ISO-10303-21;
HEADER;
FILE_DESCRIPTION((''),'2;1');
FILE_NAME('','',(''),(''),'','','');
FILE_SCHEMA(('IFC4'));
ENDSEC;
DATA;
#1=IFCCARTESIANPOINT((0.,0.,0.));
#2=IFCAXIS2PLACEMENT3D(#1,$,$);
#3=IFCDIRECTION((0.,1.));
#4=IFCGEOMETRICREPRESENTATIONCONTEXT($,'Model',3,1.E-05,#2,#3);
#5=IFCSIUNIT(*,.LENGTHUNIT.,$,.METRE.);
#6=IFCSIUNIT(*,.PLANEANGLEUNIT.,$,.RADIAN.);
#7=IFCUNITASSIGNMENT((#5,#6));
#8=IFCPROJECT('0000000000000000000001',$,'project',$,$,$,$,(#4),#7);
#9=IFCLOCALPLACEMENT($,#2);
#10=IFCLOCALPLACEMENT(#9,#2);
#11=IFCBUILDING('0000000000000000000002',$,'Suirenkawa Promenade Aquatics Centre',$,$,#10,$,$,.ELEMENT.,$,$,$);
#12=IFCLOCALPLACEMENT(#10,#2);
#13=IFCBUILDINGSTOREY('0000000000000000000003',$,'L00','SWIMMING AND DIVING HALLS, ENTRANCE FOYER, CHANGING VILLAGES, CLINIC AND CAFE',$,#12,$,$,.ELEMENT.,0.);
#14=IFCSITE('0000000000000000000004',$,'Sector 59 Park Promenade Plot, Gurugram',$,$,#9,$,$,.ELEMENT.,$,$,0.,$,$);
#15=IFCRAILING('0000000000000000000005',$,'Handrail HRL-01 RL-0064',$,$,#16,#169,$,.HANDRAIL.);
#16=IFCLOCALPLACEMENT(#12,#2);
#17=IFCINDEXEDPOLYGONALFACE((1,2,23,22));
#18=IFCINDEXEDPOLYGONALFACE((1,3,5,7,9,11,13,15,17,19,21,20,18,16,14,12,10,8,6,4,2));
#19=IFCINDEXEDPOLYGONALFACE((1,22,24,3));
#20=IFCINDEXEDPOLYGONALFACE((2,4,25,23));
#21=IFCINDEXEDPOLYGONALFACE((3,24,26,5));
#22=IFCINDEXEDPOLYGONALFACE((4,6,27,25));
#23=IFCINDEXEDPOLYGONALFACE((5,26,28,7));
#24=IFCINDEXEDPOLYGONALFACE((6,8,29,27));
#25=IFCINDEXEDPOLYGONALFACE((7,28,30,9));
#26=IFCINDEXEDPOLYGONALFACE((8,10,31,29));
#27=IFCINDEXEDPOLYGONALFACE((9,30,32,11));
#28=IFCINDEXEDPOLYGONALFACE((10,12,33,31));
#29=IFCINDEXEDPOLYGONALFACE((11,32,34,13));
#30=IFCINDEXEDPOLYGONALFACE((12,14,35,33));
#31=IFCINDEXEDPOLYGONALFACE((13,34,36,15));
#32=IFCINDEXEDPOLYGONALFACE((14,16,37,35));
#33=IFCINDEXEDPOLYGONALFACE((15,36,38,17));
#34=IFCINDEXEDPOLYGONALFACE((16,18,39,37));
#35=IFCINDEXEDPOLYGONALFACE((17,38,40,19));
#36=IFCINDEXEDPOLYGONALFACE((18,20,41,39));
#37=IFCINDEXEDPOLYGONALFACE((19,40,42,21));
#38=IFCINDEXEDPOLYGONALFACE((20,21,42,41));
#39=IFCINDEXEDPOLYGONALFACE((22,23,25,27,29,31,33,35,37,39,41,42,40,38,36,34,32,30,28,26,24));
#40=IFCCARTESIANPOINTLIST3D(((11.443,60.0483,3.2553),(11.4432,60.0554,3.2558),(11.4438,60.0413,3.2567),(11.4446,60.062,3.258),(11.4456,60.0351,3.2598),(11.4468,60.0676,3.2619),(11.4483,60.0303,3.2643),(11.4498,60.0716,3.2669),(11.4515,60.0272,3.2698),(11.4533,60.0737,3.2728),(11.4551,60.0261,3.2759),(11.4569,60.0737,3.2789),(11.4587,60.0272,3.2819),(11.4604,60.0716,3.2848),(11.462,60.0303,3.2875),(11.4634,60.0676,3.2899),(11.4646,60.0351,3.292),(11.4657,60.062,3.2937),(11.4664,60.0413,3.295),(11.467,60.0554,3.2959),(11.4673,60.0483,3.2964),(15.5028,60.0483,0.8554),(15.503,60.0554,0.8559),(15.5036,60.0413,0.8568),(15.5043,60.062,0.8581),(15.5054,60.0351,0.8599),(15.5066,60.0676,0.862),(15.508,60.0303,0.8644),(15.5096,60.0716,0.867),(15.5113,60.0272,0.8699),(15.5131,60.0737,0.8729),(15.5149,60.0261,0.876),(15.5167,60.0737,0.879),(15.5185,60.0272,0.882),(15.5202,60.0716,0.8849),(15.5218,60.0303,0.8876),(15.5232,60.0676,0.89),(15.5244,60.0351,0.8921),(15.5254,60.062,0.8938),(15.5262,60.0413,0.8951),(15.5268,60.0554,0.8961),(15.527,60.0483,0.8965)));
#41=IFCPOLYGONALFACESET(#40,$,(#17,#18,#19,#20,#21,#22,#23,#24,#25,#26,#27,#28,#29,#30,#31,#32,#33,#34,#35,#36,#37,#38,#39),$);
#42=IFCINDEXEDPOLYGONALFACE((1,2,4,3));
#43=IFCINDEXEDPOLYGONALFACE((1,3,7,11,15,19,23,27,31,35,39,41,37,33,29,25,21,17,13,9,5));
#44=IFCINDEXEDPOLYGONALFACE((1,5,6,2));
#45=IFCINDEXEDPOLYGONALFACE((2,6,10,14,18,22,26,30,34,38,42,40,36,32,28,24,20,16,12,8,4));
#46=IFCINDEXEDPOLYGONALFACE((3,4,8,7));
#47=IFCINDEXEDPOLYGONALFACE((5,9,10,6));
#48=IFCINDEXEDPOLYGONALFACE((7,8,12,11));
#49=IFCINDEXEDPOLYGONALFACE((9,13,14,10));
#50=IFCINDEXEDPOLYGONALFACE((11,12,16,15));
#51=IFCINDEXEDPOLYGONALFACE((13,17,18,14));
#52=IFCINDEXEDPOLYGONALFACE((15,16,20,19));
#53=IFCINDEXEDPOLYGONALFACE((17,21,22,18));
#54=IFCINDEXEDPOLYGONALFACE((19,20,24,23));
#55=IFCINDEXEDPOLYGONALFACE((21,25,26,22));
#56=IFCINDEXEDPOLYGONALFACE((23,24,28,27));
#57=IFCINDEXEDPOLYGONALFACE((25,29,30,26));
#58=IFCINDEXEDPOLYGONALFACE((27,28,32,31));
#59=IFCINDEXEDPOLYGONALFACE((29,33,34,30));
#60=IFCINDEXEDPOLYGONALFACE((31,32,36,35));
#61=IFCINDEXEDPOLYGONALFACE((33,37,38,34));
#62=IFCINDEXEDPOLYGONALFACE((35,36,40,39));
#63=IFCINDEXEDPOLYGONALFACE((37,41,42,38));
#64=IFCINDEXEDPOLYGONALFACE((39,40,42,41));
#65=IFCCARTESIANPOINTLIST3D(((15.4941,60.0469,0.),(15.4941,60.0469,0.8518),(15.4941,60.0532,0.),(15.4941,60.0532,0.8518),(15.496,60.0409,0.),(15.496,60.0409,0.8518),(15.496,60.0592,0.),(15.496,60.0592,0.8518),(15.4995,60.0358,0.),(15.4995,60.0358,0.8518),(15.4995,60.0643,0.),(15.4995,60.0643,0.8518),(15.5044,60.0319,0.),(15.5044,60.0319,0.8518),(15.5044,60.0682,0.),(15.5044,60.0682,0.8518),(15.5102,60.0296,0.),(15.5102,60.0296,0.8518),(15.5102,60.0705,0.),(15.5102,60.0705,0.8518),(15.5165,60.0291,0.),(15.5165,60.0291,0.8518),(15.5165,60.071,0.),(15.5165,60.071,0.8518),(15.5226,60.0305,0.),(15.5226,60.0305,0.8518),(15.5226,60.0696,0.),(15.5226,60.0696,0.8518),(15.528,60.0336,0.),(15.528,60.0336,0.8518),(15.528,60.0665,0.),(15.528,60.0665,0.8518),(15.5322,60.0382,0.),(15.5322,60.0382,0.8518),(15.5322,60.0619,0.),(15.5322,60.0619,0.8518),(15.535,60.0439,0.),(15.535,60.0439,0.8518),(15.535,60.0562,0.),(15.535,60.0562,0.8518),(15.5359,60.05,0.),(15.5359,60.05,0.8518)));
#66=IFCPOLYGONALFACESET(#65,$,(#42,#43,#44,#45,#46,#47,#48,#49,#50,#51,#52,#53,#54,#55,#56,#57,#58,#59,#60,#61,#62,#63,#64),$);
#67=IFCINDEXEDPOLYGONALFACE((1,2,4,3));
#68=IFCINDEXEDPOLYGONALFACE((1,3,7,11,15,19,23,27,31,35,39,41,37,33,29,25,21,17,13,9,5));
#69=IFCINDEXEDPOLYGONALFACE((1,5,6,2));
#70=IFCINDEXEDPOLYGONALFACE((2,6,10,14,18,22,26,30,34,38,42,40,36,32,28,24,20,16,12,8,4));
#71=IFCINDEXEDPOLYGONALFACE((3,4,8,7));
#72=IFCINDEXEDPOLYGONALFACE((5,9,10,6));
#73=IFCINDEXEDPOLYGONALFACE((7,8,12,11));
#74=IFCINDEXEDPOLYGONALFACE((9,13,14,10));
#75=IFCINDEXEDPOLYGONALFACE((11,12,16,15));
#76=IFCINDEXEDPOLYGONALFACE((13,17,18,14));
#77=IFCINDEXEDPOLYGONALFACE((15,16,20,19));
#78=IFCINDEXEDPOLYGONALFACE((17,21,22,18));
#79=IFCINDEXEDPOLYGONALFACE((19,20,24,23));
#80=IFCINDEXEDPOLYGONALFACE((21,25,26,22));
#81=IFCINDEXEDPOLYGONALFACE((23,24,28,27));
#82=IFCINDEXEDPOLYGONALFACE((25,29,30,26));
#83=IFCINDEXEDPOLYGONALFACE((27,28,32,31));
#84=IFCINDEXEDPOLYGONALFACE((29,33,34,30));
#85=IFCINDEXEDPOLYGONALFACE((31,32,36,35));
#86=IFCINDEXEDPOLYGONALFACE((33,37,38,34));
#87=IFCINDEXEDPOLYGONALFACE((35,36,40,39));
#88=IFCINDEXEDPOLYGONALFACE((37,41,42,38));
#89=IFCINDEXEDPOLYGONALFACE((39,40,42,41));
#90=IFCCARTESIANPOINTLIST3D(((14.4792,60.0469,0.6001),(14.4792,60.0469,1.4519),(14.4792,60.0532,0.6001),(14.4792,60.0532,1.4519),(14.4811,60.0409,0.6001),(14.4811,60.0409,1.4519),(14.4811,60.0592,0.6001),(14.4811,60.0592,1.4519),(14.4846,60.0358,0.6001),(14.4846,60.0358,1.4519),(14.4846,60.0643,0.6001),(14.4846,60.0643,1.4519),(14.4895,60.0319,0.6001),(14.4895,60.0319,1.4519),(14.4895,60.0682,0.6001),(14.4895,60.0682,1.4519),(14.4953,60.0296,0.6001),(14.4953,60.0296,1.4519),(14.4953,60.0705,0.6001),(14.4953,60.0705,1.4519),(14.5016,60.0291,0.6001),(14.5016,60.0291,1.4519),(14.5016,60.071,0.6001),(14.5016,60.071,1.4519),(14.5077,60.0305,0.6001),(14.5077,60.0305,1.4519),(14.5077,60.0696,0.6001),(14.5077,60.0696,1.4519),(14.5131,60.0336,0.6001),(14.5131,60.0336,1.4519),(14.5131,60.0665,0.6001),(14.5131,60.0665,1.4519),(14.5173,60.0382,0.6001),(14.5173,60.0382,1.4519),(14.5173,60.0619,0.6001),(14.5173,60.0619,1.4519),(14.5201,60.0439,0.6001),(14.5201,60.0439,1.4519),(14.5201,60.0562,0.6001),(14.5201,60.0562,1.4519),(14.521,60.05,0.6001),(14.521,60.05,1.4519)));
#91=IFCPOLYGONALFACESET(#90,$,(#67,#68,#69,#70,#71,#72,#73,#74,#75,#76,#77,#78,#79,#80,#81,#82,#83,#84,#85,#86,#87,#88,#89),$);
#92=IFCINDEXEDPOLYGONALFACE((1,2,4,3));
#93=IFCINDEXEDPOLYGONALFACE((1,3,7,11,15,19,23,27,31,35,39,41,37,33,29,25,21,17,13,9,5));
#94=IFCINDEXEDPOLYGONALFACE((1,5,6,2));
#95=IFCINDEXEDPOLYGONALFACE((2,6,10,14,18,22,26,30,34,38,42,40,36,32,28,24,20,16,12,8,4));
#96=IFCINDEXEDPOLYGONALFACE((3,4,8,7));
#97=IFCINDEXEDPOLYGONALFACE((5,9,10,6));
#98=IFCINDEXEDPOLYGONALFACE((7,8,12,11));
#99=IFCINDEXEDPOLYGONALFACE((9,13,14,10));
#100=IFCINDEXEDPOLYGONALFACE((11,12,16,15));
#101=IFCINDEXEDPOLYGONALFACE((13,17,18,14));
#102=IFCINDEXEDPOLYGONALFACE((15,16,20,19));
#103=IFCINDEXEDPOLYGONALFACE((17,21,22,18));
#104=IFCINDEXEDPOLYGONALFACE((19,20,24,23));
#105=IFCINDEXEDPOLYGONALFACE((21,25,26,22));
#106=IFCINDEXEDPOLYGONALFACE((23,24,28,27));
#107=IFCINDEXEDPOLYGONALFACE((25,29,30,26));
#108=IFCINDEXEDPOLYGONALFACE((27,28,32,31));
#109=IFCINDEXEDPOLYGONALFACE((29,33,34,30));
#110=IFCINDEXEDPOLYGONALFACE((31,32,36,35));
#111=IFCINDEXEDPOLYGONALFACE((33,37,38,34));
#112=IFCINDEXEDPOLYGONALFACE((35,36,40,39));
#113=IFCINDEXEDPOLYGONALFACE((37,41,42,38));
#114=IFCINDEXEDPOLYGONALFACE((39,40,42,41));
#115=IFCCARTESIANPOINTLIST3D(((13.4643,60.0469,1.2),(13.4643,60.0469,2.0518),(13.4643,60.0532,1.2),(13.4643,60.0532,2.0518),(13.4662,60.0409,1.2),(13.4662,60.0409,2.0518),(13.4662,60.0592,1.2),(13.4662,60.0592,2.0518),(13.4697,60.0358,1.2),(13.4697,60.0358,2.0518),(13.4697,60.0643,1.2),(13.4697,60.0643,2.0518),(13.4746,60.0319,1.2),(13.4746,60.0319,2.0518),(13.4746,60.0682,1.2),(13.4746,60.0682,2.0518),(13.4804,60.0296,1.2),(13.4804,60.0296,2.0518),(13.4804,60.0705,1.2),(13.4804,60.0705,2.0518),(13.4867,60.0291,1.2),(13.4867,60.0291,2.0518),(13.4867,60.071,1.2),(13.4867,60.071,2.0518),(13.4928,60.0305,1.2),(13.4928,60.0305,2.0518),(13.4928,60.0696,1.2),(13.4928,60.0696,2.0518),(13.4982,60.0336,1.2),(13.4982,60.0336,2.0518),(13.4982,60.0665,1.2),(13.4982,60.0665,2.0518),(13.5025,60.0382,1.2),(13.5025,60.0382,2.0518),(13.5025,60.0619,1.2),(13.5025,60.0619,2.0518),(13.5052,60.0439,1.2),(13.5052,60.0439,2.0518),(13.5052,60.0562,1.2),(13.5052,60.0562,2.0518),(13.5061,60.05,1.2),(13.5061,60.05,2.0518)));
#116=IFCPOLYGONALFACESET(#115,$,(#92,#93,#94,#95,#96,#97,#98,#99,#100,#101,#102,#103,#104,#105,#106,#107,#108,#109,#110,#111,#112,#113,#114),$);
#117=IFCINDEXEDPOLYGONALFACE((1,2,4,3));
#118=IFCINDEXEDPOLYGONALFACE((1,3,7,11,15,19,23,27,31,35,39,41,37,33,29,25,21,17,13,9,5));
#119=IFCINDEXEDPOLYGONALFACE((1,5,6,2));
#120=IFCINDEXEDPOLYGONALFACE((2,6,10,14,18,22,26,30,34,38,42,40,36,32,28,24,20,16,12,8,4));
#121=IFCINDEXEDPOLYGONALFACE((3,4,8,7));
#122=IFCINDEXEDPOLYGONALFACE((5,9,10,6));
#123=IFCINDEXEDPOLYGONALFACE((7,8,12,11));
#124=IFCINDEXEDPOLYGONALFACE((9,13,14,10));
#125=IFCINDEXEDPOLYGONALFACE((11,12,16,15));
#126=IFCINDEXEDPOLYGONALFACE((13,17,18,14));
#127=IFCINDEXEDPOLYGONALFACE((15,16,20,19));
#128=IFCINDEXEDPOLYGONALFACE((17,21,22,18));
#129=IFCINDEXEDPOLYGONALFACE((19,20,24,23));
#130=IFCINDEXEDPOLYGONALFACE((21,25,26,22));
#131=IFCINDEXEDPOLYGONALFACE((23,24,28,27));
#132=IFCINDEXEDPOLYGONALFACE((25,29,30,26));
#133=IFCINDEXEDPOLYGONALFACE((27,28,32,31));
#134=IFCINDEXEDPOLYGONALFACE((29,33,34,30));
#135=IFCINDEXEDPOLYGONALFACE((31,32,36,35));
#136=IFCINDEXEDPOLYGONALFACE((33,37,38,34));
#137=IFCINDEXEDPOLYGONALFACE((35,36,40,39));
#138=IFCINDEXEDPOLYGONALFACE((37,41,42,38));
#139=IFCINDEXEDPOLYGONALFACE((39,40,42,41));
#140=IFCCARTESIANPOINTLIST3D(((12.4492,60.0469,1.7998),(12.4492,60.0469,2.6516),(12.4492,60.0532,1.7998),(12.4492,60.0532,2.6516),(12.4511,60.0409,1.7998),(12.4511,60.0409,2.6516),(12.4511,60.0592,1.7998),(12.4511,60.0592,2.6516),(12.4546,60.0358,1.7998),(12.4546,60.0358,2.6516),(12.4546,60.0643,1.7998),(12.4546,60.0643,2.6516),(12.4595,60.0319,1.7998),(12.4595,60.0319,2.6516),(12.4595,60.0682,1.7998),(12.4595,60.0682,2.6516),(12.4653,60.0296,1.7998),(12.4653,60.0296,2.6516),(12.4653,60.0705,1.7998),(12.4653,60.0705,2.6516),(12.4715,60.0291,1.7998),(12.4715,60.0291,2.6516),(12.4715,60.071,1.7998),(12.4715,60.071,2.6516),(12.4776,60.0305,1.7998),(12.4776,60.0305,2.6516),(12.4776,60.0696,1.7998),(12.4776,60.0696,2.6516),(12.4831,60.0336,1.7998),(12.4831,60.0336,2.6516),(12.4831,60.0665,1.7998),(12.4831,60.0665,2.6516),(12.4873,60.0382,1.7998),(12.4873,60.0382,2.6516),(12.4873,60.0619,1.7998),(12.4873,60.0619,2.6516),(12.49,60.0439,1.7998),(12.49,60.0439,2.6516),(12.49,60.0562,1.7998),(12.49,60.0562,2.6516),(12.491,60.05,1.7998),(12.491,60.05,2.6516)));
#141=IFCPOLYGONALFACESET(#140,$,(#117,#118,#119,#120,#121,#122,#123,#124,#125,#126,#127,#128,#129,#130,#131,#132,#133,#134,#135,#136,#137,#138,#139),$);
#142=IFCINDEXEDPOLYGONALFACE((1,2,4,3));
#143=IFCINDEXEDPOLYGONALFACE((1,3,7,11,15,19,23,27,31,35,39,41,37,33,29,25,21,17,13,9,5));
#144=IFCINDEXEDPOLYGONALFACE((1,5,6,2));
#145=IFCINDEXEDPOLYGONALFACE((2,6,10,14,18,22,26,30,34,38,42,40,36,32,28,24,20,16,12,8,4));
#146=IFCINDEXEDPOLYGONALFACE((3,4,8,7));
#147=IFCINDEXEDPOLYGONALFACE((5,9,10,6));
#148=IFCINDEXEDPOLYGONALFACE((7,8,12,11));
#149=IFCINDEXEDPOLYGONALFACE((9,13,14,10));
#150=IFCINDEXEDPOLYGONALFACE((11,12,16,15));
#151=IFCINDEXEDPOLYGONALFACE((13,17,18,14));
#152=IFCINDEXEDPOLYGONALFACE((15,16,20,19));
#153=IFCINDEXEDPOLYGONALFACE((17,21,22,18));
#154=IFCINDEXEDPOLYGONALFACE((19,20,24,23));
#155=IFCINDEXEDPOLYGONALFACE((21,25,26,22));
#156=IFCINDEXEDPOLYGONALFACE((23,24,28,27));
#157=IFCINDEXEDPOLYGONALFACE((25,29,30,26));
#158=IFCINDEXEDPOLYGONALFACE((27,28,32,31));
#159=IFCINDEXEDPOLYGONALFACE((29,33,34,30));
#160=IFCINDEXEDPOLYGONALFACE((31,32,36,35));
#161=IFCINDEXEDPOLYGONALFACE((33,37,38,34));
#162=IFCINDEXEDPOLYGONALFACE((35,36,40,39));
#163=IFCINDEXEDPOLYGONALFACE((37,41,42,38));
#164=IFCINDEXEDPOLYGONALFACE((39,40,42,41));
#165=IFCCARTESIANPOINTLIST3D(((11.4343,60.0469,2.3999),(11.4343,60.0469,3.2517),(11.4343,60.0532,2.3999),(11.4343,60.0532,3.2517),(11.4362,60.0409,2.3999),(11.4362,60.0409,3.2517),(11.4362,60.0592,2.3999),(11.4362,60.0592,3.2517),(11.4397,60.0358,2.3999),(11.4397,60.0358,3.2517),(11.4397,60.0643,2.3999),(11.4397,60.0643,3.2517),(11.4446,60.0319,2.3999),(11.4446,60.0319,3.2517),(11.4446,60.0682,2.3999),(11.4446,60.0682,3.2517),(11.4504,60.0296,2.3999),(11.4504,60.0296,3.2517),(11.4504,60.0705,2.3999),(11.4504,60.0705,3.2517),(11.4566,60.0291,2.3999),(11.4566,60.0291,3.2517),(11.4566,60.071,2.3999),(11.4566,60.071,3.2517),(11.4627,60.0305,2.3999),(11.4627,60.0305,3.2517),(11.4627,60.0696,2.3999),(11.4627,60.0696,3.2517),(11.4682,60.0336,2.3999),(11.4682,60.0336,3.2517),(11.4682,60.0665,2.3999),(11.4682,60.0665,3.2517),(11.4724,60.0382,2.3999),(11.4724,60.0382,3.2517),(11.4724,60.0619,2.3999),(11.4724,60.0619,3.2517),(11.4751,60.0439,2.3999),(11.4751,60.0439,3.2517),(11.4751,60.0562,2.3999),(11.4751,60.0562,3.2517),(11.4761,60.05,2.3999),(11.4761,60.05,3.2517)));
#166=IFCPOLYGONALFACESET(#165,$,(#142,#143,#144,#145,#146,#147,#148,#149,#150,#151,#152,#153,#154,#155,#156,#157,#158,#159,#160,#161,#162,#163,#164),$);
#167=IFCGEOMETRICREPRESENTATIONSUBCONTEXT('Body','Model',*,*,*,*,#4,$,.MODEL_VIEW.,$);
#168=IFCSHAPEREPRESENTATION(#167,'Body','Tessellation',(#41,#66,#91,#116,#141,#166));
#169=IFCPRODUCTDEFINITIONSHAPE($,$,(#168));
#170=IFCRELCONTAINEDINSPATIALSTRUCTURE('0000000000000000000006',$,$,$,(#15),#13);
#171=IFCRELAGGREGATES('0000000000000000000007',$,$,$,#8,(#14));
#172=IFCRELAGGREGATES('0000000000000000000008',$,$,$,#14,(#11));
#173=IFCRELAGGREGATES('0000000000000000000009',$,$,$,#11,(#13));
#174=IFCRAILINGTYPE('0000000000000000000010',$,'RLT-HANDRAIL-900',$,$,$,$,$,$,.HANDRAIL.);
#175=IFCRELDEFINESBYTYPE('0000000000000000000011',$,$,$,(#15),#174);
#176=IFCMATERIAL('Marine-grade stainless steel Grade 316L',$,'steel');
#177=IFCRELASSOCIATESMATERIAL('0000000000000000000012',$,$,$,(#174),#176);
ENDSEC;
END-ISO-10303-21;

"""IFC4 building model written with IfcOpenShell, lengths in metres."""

from ifc_helpers import new_model, si_unit, direction, frame, origin, origin_2d, place, context, subcontext, project, spatial, circle, extrude, material, type_object, element, save


model = new_model("IFC4")

# Units and contexts
model_context = context("Model", 3, precision=1e-05, world=origin(), true_north=direction((0.0, 1.0)))
body_context = subcontext(model_context, "Body", "Model", "MODEL_VIEW")
ifc_project = project(units=[si_unit("LENGTHUNIT", "METRE"), si_unit("PLANEANGLEUNIT", "RADIAN")], contexts=[model_context])

# Site, building, storey
site_placement = place(None, origin())
site = spatial("IfcSite", under=ifc_project, at=site_placement, Name="Sector 59 Park Promenade Plot, Gurugram", CompositionType="ELEMENT", RefElevation=0.0)
building_placement = place(site_placement, origin())
building = spatial("IfcBuilding", under=site, at=building_placement, Name="Suirenkawa Promenade Aquatics Centre", CompositionType="ELEMENT")
storey_placement = place(building_placement, origin())
storey = spatial("IfcBuildingStorey", under=building, at=storey_placement, Name="L00", Description="SWIMMING AND DIVING HALLS, ENTRANCE FOYER, CHANGING VILLAGES, CLINIC AND CAFE", CompositionType="ELEMENT", Elevation=0.0)

# Railing
ifc_material_1 = material(Name="Marine-grade stainless steel Grade 316L", Category="steel")
railing_type_1 = type_object("IfcRailingType", Name="RLT-HANDRAIL-900", PredefinedType="HANDRAIL", material=ifc_material_1)
for number, where, name in (
    (1, (15.5149, 60.05, 0.0), "Handrail HRL-01 RL-0064"),
):
    element("IfcRailing", number, at=place(storey_placement, frame(where)), inside=storey, type_object=railing_type_1, Name=name, PredefinedType="HANDRAIL", context=body_context, shape_type="SweptSolid", body=[
        extrude(circle(Radius=0.0239, at=origin_2d()), frame((0.0, 0.0, 0.876), z_axis=(-0.860841, 0.0, 0.508874), x_axis=(0.0, -1.0, 0.0)), (0.0, 0.0, 1.0), 4.7161),
        extrude(circle(Radius=0.021, at=origin_2d()), origin(), (0.0, 0.0, 1.0), 0.8518),
        extrude(circle(Radius=0.021, at=origin_2d()), frame((-1.0149, 0.0, 0.6001)), (0.0, 0.0, 1.0), 0.8518),
        extrude(circle(Radius=0.021, at=origin_2d()), frame((-2.0298, 0.0, 1.2)), (0.0, 0.0, 1.0), 0.8518),
        extrude(circle(Radius=0.021, at=origin_2d()), frame((-3.0449, 0.0, 1.7998)), (0.0, 0.0, 1.0), 0.8518),
        extrude(circle(Radius=0.021, at=origin_2d()), frame((-4.0598, 0.0, 2.3999)), (0.0, 0.0, 1.0), 0.8518),
    ])

save(model, "model.ifc")
